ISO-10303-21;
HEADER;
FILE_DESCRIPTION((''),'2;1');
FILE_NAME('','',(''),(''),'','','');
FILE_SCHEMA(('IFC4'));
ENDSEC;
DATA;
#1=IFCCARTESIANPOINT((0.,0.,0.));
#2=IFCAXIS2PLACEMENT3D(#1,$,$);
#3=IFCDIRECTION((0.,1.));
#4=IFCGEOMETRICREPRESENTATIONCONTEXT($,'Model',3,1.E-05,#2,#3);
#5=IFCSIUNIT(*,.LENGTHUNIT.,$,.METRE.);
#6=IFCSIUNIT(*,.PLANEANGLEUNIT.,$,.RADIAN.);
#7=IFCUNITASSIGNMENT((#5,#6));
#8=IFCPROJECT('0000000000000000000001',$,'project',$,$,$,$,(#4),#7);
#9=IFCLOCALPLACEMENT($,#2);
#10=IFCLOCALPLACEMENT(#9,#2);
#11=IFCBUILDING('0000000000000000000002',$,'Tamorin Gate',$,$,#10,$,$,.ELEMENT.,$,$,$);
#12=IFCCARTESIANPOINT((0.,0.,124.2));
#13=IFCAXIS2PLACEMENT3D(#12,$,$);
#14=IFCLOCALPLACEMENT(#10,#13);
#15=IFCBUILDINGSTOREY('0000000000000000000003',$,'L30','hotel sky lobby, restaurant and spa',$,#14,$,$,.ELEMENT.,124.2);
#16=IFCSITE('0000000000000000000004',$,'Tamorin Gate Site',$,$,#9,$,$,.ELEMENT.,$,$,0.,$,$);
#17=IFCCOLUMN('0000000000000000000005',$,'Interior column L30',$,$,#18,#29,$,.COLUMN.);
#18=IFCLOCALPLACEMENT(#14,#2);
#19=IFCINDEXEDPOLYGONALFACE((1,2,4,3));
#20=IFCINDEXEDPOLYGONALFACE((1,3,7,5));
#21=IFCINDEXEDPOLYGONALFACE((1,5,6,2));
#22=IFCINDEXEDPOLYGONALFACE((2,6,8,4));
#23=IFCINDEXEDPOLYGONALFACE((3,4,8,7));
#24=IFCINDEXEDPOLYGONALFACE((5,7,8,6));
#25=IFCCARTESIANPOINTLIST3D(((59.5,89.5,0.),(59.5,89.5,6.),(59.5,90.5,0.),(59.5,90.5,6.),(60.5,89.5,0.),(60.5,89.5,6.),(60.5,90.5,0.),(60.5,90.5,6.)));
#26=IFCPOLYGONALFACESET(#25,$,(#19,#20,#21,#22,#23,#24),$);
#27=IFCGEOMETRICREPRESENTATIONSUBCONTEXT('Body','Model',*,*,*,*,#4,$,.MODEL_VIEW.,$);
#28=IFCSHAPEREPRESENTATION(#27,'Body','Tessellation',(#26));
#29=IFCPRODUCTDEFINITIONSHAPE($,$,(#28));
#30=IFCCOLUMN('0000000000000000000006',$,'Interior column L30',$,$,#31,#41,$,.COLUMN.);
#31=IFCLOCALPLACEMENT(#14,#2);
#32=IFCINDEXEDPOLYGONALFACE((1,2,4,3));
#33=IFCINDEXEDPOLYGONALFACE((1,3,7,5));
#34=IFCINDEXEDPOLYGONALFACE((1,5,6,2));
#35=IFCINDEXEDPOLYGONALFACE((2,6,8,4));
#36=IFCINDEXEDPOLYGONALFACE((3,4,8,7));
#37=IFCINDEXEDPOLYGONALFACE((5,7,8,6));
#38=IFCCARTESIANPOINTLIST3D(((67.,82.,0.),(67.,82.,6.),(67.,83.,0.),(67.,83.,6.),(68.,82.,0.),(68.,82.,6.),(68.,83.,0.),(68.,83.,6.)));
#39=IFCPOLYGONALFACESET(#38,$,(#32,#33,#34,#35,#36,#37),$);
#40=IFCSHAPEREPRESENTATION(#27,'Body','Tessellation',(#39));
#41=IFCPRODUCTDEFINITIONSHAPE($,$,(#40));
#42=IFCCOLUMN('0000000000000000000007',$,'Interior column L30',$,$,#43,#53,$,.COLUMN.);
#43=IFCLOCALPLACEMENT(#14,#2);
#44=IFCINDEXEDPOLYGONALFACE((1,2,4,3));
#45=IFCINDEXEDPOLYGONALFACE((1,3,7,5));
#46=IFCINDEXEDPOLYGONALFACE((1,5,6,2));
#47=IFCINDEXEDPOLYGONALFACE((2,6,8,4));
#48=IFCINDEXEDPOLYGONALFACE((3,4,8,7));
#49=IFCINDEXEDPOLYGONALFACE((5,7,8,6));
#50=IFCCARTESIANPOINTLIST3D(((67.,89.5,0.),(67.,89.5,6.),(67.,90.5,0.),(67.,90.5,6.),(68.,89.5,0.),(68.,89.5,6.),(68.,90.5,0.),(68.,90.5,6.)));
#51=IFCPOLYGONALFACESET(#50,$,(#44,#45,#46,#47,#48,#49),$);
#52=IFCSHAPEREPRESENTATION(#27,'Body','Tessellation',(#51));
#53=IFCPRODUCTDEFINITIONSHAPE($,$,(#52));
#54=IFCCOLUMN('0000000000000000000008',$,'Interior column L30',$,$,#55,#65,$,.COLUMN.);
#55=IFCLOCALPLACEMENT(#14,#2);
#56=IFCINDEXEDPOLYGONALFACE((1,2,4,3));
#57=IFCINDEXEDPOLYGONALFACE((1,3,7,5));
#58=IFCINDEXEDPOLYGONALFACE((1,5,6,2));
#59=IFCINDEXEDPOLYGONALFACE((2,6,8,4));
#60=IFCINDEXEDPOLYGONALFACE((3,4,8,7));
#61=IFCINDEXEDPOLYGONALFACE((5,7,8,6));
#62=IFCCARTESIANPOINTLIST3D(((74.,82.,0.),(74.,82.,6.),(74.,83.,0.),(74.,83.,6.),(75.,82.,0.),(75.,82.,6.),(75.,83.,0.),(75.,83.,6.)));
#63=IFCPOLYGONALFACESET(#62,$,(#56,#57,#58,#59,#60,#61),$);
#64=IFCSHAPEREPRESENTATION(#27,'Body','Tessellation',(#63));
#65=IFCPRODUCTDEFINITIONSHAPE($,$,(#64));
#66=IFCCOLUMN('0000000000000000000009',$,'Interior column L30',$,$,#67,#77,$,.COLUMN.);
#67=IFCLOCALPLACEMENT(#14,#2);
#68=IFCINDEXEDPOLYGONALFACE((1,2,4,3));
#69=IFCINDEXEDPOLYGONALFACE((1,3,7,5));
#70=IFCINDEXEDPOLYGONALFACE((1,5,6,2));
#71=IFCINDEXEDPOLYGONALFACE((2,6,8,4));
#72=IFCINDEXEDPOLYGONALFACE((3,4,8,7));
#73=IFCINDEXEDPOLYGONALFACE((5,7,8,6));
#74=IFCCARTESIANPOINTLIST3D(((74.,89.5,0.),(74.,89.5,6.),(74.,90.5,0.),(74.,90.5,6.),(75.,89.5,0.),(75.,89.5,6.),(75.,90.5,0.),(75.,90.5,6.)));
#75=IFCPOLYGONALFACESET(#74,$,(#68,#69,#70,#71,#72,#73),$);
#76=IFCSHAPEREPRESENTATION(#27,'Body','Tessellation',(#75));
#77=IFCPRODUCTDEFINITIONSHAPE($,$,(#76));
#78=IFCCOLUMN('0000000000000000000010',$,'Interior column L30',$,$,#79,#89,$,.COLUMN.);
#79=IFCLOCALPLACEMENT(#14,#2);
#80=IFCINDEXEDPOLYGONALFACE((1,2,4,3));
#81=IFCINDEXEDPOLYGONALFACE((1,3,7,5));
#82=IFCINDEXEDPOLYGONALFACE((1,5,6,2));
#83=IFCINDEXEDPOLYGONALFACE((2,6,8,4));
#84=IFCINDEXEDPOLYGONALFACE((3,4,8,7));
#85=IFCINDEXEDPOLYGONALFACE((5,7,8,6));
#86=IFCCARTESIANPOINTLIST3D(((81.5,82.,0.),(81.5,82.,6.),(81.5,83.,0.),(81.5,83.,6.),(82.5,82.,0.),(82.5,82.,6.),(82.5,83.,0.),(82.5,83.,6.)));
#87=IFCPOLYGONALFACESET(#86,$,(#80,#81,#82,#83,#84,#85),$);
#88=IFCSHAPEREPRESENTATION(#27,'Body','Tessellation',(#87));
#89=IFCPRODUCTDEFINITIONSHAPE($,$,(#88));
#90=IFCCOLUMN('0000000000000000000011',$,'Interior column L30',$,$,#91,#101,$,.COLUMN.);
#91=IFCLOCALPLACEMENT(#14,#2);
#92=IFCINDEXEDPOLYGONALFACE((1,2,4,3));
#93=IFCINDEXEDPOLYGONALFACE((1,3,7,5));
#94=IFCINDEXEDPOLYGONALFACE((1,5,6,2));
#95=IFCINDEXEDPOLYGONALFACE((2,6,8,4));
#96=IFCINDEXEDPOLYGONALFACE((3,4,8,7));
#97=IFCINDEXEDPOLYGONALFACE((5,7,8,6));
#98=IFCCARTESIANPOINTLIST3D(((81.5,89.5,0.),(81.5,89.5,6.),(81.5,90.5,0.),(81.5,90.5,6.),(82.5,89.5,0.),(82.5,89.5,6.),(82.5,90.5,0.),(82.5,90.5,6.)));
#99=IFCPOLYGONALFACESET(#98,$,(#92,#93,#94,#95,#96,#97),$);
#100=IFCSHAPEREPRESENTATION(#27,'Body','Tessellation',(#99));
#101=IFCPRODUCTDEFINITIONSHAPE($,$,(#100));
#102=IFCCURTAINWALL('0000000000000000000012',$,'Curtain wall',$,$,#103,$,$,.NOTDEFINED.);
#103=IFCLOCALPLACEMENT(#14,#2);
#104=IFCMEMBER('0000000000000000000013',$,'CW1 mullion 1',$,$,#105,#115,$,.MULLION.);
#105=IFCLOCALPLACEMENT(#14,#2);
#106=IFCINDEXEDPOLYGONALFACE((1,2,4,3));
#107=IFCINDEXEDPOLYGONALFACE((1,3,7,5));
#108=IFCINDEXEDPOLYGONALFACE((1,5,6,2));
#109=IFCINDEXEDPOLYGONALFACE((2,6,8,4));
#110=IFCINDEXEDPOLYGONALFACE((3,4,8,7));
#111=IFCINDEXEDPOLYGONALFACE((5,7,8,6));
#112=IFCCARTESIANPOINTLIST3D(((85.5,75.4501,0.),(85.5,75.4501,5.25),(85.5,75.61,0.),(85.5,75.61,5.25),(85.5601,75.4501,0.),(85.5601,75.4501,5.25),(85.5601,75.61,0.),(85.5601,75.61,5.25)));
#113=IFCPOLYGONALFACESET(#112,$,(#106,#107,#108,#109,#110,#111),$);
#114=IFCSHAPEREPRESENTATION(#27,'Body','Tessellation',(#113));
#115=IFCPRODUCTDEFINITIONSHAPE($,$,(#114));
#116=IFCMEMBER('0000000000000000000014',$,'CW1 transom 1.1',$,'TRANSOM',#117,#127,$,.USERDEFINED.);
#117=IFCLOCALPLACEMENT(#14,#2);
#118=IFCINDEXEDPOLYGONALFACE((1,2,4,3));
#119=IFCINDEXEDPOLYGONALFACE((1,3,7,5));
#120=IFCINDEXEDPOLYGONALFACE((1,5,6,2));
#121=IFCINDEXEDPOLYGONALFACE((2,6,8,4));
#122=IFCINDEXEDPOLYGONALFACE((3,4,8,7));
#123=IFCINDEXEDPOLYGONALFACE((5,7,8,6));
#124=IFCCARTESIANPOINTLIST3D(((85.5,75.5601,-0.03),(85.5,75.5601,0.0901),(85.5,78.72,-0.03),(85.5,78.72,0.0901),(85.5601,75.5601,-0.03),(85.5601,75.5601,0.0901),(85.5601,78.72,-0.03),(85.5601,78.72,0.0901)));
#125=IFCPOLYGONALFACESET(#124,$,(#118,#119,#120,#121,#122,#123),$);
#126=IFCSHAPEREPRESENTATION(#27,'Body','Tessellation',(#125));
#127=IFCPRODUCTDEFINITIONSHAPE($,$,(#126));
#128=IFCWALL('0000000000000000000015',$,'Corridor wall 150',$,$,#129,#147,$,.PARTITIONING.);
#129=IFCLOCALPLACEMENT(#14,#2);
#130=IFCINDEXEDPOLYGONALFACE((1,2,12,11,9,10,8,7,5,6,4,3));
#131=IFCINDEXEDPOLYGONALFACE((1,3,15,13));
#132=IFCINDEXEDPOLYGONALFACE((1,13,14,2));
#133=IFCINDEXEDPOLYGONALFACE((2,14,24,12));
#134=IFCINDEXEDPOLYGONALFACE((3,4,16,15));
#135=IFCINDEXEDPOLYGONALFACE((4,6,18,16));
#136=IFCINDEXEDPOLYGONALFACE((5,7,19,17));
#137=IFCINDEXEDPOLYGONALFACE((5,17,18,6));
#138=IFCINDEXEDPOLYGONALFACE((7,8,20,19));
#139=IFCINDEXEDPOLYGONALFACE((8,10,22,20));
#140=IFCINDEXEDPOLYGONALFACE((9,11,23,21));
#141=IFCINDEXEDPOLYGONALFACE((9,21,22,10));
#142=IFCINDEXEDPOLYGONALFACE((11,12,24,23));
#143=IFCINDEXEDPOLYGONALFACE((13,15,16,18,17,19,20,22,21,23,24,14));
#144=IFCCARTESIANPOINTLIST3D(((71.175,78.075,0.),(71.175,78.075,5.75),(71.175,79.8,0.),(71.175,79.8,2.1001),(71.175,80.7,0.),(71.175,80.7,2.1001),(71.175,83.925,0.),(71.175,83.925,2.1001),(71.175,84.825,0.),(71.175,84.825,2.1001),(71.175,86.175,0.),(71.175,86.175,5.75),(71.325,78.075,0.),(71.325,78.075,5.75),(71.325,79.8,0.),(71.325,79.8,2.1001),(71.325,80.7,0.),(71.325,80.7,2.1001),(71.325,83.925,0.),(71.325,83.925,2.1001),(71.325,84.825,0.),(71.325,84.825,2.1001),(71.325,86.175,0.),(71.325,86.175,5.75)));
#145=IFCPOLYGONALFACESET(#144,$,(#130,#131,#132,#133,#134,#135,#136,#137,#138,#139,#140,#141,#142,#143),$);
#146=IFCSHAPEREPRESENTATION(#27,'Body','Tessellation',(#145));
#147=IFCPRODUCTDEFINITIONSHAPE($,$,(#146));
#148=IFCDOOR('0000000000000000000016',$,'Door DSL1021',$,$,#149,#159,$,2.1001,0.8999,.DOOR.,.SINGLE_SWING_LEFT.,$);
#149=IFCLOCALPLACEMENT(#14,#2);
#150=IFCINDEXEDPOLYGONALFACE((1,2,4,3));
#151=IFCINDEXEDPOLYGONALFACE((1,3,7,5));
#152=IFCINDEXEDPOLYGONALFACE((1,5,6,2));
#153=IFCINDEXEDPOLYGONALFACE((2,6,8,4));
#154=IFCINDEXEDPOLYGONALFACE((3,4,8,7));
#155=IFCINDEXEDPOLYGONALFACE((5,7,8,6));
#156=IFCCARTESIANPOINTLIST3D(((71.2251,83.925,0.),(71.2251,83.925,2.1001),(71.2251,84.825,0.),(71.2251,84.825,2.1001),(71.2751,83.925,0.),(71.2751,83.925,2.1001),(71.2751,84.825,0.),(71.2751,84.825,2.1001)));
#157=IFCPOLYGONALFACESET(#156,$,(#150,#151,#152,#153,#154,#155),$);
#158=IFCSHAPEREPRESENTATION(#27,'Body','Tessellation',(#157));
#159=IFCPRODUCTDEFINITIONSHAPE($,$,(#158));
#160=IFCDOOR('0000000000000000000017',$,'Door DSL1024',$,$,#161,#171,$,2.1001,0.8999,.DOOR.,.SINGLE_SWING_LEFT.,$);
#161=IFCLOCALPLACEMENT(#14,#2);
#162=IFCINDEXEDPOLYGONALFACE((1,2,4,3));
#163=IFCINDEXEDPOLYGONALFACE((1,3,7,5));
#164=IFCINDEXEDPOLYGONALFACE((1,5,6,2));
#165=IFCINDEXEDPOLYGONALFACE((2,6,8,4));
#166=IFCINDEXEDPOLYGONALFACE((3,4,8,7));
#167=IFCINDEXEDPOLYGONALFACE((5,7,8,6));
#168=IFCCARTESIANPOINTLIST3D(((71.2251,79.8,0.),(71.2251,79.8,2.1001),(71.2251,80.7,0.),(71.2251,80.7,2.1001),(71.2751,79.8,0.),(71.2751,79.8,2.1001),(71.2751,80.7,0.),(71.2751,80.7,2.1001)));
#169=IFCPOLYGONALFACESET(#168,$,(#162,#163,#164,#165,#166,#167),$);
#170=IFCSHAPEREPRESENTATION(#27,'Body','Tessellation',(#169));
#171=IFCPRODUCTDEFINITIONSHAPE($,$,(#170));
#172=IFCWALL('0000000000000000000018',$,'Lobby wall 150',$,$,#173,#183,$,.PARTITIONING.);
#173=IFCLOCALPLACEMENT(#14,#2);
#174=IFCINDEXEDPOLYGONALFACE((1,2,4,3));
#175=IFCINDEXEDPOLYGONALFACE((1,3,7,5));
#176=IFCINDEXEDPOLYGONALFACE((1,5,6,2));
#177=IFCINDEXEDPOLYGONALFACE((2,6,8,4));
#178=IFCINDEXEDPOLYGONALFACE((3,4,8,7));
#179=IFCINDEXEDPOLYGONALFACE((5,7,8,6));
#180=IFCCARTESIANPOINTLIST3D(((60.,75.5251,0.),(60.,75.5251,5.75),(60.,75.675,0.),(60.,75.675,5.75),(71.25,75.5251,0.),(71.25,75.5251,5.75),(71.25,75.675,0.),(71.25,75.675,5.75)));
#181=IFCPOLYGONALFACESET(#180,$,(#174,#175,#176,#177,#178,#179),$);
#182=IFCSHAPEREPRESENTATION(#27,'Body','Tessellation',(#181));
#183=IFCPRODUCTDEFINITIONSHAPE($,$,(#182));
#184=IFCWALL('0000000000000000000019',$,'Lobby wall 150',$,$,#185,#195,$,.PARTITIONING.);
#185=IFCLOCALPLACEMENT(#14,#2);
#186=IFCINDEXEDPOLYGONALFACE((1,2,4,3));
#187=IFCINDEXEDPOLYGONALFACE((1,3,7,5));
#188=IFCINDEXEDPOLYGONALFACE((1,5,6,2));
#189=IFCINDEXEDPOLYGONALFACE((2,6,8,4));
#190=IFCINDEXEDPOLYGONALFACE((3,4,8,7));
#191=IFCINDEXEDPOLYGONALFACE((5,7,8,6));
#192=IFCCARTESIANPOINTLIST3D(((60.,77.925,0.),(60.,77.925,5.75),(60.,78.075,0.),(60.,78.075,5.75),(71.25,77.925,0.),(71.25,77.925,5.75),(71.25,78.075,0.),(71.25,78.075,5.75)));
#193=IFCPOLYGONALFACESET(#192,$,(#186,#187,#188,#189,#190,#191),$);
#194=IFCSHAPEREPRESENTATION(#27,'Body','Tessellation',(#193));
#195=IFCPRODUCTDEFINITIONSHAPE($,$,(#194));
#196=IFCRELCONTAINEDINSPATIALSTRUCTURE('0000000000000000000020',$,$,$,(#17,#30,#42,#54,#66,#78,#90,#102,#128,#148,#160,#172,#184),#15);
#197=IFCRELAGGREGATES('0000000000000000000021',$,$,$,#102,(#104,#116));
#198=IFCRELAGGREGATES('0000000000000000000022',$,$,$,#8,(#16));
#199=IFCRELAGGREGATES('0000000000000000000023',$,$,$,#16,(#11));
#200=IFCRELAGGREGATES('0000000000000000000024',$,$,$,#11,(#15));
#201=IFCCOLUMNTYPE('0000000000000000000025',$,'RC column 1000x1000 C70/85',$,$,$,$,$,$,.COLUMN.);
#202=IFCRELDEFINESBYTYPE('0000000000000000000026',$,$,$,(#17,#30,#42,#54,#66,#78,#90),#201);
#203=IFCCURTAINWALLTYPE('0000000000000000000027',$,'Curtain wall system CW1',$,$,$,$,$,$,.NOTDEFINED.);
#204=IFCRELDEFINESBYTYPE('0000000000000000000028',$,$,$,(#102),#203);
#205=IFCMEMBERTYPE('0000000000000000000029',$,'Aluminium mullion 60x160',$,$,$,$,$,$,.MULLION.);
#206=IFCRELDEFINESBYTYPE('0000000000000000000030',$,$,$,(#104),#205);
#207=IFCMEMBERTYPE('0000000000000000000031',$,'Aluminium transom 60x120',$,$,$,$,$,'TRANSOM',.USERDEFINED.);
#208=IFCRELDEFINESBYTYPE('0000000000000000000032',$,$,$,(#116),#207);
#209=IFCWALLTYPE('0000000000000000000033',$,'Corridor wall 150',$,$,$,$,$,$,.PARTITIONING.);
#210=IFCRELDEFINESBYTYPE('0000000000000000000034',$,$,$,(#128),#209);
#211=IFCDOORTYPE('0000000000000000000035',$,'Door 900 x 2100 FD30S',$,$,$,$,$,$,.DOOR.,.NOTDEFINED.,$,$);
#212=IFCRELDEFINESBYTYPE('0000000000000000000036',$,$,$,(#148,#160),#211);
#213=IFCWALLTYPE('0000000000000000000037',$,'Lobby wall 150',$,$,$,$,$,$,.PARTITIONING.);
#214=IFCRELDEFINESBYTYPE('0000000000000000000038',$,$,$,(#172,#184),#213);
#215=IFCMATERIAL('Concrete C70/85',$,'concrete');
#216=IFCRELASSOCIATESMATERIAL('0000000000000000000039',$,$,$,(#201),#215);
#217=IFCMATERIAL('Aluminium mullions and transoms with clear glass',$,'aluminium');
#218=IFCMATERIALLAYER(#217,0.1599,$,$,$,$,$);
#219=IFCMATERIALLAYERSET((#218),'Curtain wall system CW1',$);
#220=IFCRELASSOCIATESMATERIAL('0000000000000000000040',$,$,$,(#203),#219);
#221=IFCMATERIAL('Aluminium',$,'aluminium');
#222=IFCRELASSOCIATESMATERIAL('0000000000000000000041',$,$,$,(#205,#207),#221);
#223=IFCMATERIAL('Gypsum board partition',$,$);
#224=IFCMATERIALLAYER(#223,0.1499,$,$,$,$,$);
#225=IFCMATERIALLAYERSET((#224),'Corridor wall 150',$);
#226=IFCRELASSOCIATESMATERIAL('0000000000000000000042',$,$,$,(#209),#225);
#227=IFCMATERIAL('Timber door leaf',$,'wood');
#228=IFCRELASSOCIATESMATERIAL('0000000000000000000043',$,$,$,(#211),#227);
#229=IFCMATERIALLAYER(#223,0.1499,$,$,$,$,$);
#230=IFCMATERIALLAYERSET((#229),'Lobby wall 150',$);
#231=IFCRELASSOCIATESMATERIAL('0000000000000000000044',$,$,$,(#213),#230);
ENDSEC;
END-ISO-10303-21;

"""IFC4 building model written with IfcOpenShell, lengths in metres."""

from ifc_helpers import new_model, si_unit, direction, frame, frame_2d, origin, origin_2d, place, context, subcontext, project, spatial, rectangle, extrude, material, layer, layer_set, material_profile, profile_set, type_object, element, fill, aggregate, save


model = new_model("IFC4")

# Units and contexts
model_context = context("Model", 3, precision=1e-05, world=origin(), true_north=direction((0.0, 1.0)))
body_context = subcontext(model_context, "Body", "Model", "MODEL_VIEW")
ifc_project = project(units=[si_unit("LENGTHUNIT", "METRE"), si_unit("PLANEANGLEUNIT", "RADIAN")], contexts=[model_context])

# Site, building, storey
site_placement = place(None, origin())
site = spatial("IfcSite", under=ifc_project, at=site_placement, Name="Tamorin Gate Site", CompositionType="ELEMENT", RefElevation=0.0)
building_placement = place(site_placement, origin())
building = spatial("IfcBuilding", under=site, at=building_placement, Name="Tamorin Gate", CompositionType="ELEMENT")
storey_placement = place(building_placement, frame((0.0, 0.0, 124.2)))
storey = spatial("IfcBuildingStorey", under=building, at=storey_placement, Name="L30", Description="hotel sky lobby, restaurant and spa", CompositionType="ELEMENT", Elevation=124.2)

# Columns
ifc_material_1 = material(Name="Concrete C70/85", Category="concrete")
ifc_material_profile_1 = material_profile(ifc_material_1, rectangle(XDim=1.0, YDim=1.0, at=origin_2d()), Name="RC 1000x1000")
ifc_profile_set_1 = profile_set([ifc_material_profile_1], Name="Concrete C70/85")
column_type = type_object("IfcColumnType", Name="RC column 1000x1000 C70/85", PredefinedType="COLUMN", material=ifc_profile_set_1)
for number, where, z_axis, x_axis, name in (
    (1, (60.0, 90.0, 0.0), (0.0, 0.0, 1.0), (1.0, 0.0, 0.0), "Interior column L30"),
    (2, (67.5, 82.5, 0.0), (0.0, 0.0, 1.0), (1.0, 0.0, 0.0), "Interior column L30"),
    (3, (67.5, 90.0, 0.0), (0.0, 0.0, 1.0), (1.0, 0.0, 0.0), "Interior column L30"),
    (4, (74.5, 82.5, 0.0), (0.0, 0.0, 1.0), (1.0, 0.0, 0.0), "Interior column L30"),
    (5, (74.5, 90.0, 0.0), (0.0, 0.0, 1.0), (1.0, 0.0, 0.0), "Interior column L30"),
    (6, (82.0, 82.5, 0.0), (0.0, 0.0, 1.0), (1.0, 0.0, 0.0), "Interior column L30"),
    (7, (82.0, 90.0, 0.0), (0.0, 0.0, 1.0), (1.0, 0.0, 0.0), "Interior column L30"),
):
    element("IfcColumn", number, at=place(storey_placement, frame(where, z_axis=z_axis, x_axis=x_axis)), inside=storey, type_object=column_type, Name=name, PredefinedType="COLUMN", context=body_context, shape_type="SweptSolid", body=[
        extrude(rectangle(XDim=1.0, YDim=1.0, at=origin_2d()), origin(), (0.0, 0.0, 1.0), 6.0),
    ])

# Curtain wall, members
ifc_material_2 = material(Name="Aluminium mullions and transoms with clear glass", Category="aluminium")
ifc_layer_1 = layer(ifc_material_2, 0.1599)
ifc_layer_set_1 = layer_set([ifc_layer_1], Name="Curtain wall system CW1")
curtain_wall_type = type_object("IfcCurtainWallType", Name="Curtain wall system CW1", PredefinedType="NOTDEFINED", material=ifc_layer_set_1)
curtain_wall_placement = place(storey_placement, origin())
curtain_wall = element("IfcCurtainWall", 8, at=curtain_wall_placement, inside=storey, type_object=curtain_wall_type, Name="Curtain wall", PredefinedType="NOTDEFINED")
ifc_material_3 = material(Name="Aluminium", Category="aluminium")
ifc_material_profile_2 = material_profile(ifc_material_3, rectangle(XDim=0.0601, YDim=0.1599, at=origin_2d()), Name="RECT 60x160")
ifc_profile_set_2 = profile_set([ifc_material_profile_2], Name="Aluminium")
member_type_1 = type_object("IfcMemberType", Name="Aluminium mullion 60x160", PredefinedType="MULLION", material=ifc_profile_set_2)
member_1_placement = place(storey_placement, frame((85.53, 75.53, 0.0), z_axis=(0.0, 0.0, 1.0), x_axis=(-1.0, 0.0, 0.0)))
member_1 = element("IfcMember", 9, at=member_1_placement, type_object=member_type_1, Name="CW1 mullion 1", PredefinedType="MULLION", context=body_context, shape_type="SweptSolid", body=[
    extrude(rectangle(XDim=0.0601, YDim=0.1599, at=origin_2d()), origin(), (0.0, 0.0, 1.0), 5.25),
])
ifc_material_profile_3 = material_profile(ifc_material_3, rectangle(XDim=0.0601, YDim=0.1201, at=origin_2d()), Name="RECT 60x120")
ifc_profile_set_3 = profile_set([ifc_material_profile_3], Name="Aluminium")
member_type_2 = type_object("IfcMemberType", Name="Aluminium transom 60x120", ElementType="TRANSOM", PredefinedType="USERDEFINED", material=ifc_profile_set_3)
member_2_placement = place(storey_placement, frame((85.53, 75.5601, 0.03), z_axis=(0.0, 1.0, 0.0), x_axis=(-1.0, 0.0, 0.0)))
member_2 = element("IfcMember", 10, at=member_2_placement, type_object=member_type_2, Name="CW1 transom 1.1", ObjectType="TRANSOM", PredefinedType="USERDEFINED", context=body_context, shape_type="SweptSolid", body=[
    extrude(rectangle(XDim=0.0601, YDim=0.1201, at=origin_2d()), origin(), (0.0, 0.0, 1.0), 3.1599),
])
aggregate(curtain_wall, [member_1, member_2])

# Wall, openings, doors
ifc_material_4 = material(Name="Gypsum board partition")
ifc_layer_2 = layer(ifc_material_4, 0.1499)
ifc_layer_set_2 = layer_set([ifc_layer_2], Name="Corridor wall 150")
wall_type_1 = type_object("IfcWallType", Name="Corridor wall 150", PredefinedType="PARTITIONING", material=ifc_layer_set_2)
wall_1_placement = place(storey_placement, frame((71.25, 78.075, 0.0), z_axis=(0.0, 0.0, 1.0), x_axis=(0.0, 1.0, 0.0)))
wall_1 = element("IfcWall", 11, at=wall_1_placement, inside=storey, type_object=wall_type_1, Name="Corridor wall 150", PredefinedType="PARTITIONING", context=body_context, shape_type="SweptSolid", body=[
    extrude(rectangle(XDim=8.1001, YDim=0.1499, at=frame_2d((4.05, 0.0))), origin(), (0.0, 0.0, 1.0), 5.75),
])
opening_1_placement = place(wall_1_placement, frame((5.8501, 0.0, 0.0)))
opening_1 = element("IfcOpeningElement", 12, at=opening_1_placement, cuts=wall_1, PredefinedType="OPENING", context=body_context, shape_type="SweptSolid", body=[
    extrude(rectangle(XDim=0.8999, YDim=2.1001, at=frame_2d((0.45, 1.05))), frame((0.0, 0.085, 0.0), z_axis=(0.0, -1.0, 0.0), x_axis=(1.0, 0.0, 0.0)), (0.0, 0.0, 1.0), 0.1699),
])
opening_2_placement = place(wall_1_placement, frame((1.7251, 0.0, 0.0)))
opening_2 = element("IfcOpeningElement", 13, at=opening_2_placement, cuts=wall_1, PredefinedType="OPENING", context=body_context, shape_type="SweptSolid", body=[
    extrude(rectangle(XDim=0.8999, YDim=2.1001, at=frame_2d((0.45, 1.05))), frame((0.0, 0.085, 0.0), z_axis=(0.0, -1.0, 0.0), x_axis=(1.0, 0.0, 0.0)), (0.0, 0.0, 1.0), 0.1699),
])
ifc_material_5 = material(Name="Timber door leaf", Category="wood")
door_type = type_object("IfcDoorType", Name="Door 900 x 2100 FD30S", OperationType="NOTDEFINED", PredefinedType="DOOR", material=ifc_material_5)
door_1_placement = place(opening_1_placement, origin())
door_1 = element("IfcDoor", 14, at=door_1_placement, inside=storey, type_object=door_type, Name="Door DSL1021", OperationType="SINGLE_SWING_LEFT", OverallHeight=2.1001, OverallWidth=0.8999, PredefinedType="DOOR", context=body_context, shape_type="SweptSolid", body=[
    extrude(rectangle(XDim=0.8999, YDim=2.1001, at=frame_2d((0.45, 1.05))), frame((0.0, 0.0249, 0.0), z_axis=(0.0, -1.0, 0.0), x_axis=(1.0, 0.0, 0.0)), (0.0, 0.0, 1.0), 0.05),
])
fill(opening_1, door_1)
door_2_placement = place(opening_2_placement, origin())
door_2 = element("IfcDoor", 15, at=door_2_placement, inside=storey, type_object=door_type, Name="Door DSL1024", OperationType="SINGLE_SWING_LEFT", OverallHeight=2.1001, OverallWidth=0.8999, PredefinedType="DOOR", context=body_context, shape_type="SweptSolid", body=[
    extrude(rectangle(XDim=0.8999, YDim=2.1001, at=frame_2d((0.45, 1.05))), frame((0.0, 0.0249, 0.0), z_axis=(0.0, -1.0, 0.0), x_axis=(1.0, 0.0, 0.0)), (0.0, 0.0, 1.0), 0.05),
])
fill(opening_2, door_2)

# Walls
ifc_layer_3 = layer(ifc_material_4, 0.1499)
ifc_layer_set_3 = layer_set([ifc_layer_3], Name="Lobby wall 150")
wall_type_2 = type_object("IfcWallType", Name="Lobby wall 150", PredefinedType="PARTITIONING", material=ifc_layer_set_3)
for number, where, z_axis, x_axis, name in (
    (16, (60.0, 75.6001, 0.0), (0.0, 0.0, 1.0), (1.0, 0.0, 0.0), "Lobby wall 150"),
    (17, (60.0, 78.0, 0.0), (0.0, 0.0, 1.0), (1.0, 0.0, 0.0), "Lobby wall 150"),
):
    element("IfcWall", number, at=place(storey_placement, frame(where, z_axis=z_axis, x_axis=x_axis)), inside=storey, type_object=wall_type_2, Name=name, PredefinedType="PARTITIONING", context=body_context, shape_type="SweptSolid", body=[
        extrude(rectangle(XDim=11.25, YDim=0.1499, at=frame_2d((5.625, 0.0))), origin(), (0.0, 0.0, 1.0), 5.75),
    ])

save(model, "model.ifc")
